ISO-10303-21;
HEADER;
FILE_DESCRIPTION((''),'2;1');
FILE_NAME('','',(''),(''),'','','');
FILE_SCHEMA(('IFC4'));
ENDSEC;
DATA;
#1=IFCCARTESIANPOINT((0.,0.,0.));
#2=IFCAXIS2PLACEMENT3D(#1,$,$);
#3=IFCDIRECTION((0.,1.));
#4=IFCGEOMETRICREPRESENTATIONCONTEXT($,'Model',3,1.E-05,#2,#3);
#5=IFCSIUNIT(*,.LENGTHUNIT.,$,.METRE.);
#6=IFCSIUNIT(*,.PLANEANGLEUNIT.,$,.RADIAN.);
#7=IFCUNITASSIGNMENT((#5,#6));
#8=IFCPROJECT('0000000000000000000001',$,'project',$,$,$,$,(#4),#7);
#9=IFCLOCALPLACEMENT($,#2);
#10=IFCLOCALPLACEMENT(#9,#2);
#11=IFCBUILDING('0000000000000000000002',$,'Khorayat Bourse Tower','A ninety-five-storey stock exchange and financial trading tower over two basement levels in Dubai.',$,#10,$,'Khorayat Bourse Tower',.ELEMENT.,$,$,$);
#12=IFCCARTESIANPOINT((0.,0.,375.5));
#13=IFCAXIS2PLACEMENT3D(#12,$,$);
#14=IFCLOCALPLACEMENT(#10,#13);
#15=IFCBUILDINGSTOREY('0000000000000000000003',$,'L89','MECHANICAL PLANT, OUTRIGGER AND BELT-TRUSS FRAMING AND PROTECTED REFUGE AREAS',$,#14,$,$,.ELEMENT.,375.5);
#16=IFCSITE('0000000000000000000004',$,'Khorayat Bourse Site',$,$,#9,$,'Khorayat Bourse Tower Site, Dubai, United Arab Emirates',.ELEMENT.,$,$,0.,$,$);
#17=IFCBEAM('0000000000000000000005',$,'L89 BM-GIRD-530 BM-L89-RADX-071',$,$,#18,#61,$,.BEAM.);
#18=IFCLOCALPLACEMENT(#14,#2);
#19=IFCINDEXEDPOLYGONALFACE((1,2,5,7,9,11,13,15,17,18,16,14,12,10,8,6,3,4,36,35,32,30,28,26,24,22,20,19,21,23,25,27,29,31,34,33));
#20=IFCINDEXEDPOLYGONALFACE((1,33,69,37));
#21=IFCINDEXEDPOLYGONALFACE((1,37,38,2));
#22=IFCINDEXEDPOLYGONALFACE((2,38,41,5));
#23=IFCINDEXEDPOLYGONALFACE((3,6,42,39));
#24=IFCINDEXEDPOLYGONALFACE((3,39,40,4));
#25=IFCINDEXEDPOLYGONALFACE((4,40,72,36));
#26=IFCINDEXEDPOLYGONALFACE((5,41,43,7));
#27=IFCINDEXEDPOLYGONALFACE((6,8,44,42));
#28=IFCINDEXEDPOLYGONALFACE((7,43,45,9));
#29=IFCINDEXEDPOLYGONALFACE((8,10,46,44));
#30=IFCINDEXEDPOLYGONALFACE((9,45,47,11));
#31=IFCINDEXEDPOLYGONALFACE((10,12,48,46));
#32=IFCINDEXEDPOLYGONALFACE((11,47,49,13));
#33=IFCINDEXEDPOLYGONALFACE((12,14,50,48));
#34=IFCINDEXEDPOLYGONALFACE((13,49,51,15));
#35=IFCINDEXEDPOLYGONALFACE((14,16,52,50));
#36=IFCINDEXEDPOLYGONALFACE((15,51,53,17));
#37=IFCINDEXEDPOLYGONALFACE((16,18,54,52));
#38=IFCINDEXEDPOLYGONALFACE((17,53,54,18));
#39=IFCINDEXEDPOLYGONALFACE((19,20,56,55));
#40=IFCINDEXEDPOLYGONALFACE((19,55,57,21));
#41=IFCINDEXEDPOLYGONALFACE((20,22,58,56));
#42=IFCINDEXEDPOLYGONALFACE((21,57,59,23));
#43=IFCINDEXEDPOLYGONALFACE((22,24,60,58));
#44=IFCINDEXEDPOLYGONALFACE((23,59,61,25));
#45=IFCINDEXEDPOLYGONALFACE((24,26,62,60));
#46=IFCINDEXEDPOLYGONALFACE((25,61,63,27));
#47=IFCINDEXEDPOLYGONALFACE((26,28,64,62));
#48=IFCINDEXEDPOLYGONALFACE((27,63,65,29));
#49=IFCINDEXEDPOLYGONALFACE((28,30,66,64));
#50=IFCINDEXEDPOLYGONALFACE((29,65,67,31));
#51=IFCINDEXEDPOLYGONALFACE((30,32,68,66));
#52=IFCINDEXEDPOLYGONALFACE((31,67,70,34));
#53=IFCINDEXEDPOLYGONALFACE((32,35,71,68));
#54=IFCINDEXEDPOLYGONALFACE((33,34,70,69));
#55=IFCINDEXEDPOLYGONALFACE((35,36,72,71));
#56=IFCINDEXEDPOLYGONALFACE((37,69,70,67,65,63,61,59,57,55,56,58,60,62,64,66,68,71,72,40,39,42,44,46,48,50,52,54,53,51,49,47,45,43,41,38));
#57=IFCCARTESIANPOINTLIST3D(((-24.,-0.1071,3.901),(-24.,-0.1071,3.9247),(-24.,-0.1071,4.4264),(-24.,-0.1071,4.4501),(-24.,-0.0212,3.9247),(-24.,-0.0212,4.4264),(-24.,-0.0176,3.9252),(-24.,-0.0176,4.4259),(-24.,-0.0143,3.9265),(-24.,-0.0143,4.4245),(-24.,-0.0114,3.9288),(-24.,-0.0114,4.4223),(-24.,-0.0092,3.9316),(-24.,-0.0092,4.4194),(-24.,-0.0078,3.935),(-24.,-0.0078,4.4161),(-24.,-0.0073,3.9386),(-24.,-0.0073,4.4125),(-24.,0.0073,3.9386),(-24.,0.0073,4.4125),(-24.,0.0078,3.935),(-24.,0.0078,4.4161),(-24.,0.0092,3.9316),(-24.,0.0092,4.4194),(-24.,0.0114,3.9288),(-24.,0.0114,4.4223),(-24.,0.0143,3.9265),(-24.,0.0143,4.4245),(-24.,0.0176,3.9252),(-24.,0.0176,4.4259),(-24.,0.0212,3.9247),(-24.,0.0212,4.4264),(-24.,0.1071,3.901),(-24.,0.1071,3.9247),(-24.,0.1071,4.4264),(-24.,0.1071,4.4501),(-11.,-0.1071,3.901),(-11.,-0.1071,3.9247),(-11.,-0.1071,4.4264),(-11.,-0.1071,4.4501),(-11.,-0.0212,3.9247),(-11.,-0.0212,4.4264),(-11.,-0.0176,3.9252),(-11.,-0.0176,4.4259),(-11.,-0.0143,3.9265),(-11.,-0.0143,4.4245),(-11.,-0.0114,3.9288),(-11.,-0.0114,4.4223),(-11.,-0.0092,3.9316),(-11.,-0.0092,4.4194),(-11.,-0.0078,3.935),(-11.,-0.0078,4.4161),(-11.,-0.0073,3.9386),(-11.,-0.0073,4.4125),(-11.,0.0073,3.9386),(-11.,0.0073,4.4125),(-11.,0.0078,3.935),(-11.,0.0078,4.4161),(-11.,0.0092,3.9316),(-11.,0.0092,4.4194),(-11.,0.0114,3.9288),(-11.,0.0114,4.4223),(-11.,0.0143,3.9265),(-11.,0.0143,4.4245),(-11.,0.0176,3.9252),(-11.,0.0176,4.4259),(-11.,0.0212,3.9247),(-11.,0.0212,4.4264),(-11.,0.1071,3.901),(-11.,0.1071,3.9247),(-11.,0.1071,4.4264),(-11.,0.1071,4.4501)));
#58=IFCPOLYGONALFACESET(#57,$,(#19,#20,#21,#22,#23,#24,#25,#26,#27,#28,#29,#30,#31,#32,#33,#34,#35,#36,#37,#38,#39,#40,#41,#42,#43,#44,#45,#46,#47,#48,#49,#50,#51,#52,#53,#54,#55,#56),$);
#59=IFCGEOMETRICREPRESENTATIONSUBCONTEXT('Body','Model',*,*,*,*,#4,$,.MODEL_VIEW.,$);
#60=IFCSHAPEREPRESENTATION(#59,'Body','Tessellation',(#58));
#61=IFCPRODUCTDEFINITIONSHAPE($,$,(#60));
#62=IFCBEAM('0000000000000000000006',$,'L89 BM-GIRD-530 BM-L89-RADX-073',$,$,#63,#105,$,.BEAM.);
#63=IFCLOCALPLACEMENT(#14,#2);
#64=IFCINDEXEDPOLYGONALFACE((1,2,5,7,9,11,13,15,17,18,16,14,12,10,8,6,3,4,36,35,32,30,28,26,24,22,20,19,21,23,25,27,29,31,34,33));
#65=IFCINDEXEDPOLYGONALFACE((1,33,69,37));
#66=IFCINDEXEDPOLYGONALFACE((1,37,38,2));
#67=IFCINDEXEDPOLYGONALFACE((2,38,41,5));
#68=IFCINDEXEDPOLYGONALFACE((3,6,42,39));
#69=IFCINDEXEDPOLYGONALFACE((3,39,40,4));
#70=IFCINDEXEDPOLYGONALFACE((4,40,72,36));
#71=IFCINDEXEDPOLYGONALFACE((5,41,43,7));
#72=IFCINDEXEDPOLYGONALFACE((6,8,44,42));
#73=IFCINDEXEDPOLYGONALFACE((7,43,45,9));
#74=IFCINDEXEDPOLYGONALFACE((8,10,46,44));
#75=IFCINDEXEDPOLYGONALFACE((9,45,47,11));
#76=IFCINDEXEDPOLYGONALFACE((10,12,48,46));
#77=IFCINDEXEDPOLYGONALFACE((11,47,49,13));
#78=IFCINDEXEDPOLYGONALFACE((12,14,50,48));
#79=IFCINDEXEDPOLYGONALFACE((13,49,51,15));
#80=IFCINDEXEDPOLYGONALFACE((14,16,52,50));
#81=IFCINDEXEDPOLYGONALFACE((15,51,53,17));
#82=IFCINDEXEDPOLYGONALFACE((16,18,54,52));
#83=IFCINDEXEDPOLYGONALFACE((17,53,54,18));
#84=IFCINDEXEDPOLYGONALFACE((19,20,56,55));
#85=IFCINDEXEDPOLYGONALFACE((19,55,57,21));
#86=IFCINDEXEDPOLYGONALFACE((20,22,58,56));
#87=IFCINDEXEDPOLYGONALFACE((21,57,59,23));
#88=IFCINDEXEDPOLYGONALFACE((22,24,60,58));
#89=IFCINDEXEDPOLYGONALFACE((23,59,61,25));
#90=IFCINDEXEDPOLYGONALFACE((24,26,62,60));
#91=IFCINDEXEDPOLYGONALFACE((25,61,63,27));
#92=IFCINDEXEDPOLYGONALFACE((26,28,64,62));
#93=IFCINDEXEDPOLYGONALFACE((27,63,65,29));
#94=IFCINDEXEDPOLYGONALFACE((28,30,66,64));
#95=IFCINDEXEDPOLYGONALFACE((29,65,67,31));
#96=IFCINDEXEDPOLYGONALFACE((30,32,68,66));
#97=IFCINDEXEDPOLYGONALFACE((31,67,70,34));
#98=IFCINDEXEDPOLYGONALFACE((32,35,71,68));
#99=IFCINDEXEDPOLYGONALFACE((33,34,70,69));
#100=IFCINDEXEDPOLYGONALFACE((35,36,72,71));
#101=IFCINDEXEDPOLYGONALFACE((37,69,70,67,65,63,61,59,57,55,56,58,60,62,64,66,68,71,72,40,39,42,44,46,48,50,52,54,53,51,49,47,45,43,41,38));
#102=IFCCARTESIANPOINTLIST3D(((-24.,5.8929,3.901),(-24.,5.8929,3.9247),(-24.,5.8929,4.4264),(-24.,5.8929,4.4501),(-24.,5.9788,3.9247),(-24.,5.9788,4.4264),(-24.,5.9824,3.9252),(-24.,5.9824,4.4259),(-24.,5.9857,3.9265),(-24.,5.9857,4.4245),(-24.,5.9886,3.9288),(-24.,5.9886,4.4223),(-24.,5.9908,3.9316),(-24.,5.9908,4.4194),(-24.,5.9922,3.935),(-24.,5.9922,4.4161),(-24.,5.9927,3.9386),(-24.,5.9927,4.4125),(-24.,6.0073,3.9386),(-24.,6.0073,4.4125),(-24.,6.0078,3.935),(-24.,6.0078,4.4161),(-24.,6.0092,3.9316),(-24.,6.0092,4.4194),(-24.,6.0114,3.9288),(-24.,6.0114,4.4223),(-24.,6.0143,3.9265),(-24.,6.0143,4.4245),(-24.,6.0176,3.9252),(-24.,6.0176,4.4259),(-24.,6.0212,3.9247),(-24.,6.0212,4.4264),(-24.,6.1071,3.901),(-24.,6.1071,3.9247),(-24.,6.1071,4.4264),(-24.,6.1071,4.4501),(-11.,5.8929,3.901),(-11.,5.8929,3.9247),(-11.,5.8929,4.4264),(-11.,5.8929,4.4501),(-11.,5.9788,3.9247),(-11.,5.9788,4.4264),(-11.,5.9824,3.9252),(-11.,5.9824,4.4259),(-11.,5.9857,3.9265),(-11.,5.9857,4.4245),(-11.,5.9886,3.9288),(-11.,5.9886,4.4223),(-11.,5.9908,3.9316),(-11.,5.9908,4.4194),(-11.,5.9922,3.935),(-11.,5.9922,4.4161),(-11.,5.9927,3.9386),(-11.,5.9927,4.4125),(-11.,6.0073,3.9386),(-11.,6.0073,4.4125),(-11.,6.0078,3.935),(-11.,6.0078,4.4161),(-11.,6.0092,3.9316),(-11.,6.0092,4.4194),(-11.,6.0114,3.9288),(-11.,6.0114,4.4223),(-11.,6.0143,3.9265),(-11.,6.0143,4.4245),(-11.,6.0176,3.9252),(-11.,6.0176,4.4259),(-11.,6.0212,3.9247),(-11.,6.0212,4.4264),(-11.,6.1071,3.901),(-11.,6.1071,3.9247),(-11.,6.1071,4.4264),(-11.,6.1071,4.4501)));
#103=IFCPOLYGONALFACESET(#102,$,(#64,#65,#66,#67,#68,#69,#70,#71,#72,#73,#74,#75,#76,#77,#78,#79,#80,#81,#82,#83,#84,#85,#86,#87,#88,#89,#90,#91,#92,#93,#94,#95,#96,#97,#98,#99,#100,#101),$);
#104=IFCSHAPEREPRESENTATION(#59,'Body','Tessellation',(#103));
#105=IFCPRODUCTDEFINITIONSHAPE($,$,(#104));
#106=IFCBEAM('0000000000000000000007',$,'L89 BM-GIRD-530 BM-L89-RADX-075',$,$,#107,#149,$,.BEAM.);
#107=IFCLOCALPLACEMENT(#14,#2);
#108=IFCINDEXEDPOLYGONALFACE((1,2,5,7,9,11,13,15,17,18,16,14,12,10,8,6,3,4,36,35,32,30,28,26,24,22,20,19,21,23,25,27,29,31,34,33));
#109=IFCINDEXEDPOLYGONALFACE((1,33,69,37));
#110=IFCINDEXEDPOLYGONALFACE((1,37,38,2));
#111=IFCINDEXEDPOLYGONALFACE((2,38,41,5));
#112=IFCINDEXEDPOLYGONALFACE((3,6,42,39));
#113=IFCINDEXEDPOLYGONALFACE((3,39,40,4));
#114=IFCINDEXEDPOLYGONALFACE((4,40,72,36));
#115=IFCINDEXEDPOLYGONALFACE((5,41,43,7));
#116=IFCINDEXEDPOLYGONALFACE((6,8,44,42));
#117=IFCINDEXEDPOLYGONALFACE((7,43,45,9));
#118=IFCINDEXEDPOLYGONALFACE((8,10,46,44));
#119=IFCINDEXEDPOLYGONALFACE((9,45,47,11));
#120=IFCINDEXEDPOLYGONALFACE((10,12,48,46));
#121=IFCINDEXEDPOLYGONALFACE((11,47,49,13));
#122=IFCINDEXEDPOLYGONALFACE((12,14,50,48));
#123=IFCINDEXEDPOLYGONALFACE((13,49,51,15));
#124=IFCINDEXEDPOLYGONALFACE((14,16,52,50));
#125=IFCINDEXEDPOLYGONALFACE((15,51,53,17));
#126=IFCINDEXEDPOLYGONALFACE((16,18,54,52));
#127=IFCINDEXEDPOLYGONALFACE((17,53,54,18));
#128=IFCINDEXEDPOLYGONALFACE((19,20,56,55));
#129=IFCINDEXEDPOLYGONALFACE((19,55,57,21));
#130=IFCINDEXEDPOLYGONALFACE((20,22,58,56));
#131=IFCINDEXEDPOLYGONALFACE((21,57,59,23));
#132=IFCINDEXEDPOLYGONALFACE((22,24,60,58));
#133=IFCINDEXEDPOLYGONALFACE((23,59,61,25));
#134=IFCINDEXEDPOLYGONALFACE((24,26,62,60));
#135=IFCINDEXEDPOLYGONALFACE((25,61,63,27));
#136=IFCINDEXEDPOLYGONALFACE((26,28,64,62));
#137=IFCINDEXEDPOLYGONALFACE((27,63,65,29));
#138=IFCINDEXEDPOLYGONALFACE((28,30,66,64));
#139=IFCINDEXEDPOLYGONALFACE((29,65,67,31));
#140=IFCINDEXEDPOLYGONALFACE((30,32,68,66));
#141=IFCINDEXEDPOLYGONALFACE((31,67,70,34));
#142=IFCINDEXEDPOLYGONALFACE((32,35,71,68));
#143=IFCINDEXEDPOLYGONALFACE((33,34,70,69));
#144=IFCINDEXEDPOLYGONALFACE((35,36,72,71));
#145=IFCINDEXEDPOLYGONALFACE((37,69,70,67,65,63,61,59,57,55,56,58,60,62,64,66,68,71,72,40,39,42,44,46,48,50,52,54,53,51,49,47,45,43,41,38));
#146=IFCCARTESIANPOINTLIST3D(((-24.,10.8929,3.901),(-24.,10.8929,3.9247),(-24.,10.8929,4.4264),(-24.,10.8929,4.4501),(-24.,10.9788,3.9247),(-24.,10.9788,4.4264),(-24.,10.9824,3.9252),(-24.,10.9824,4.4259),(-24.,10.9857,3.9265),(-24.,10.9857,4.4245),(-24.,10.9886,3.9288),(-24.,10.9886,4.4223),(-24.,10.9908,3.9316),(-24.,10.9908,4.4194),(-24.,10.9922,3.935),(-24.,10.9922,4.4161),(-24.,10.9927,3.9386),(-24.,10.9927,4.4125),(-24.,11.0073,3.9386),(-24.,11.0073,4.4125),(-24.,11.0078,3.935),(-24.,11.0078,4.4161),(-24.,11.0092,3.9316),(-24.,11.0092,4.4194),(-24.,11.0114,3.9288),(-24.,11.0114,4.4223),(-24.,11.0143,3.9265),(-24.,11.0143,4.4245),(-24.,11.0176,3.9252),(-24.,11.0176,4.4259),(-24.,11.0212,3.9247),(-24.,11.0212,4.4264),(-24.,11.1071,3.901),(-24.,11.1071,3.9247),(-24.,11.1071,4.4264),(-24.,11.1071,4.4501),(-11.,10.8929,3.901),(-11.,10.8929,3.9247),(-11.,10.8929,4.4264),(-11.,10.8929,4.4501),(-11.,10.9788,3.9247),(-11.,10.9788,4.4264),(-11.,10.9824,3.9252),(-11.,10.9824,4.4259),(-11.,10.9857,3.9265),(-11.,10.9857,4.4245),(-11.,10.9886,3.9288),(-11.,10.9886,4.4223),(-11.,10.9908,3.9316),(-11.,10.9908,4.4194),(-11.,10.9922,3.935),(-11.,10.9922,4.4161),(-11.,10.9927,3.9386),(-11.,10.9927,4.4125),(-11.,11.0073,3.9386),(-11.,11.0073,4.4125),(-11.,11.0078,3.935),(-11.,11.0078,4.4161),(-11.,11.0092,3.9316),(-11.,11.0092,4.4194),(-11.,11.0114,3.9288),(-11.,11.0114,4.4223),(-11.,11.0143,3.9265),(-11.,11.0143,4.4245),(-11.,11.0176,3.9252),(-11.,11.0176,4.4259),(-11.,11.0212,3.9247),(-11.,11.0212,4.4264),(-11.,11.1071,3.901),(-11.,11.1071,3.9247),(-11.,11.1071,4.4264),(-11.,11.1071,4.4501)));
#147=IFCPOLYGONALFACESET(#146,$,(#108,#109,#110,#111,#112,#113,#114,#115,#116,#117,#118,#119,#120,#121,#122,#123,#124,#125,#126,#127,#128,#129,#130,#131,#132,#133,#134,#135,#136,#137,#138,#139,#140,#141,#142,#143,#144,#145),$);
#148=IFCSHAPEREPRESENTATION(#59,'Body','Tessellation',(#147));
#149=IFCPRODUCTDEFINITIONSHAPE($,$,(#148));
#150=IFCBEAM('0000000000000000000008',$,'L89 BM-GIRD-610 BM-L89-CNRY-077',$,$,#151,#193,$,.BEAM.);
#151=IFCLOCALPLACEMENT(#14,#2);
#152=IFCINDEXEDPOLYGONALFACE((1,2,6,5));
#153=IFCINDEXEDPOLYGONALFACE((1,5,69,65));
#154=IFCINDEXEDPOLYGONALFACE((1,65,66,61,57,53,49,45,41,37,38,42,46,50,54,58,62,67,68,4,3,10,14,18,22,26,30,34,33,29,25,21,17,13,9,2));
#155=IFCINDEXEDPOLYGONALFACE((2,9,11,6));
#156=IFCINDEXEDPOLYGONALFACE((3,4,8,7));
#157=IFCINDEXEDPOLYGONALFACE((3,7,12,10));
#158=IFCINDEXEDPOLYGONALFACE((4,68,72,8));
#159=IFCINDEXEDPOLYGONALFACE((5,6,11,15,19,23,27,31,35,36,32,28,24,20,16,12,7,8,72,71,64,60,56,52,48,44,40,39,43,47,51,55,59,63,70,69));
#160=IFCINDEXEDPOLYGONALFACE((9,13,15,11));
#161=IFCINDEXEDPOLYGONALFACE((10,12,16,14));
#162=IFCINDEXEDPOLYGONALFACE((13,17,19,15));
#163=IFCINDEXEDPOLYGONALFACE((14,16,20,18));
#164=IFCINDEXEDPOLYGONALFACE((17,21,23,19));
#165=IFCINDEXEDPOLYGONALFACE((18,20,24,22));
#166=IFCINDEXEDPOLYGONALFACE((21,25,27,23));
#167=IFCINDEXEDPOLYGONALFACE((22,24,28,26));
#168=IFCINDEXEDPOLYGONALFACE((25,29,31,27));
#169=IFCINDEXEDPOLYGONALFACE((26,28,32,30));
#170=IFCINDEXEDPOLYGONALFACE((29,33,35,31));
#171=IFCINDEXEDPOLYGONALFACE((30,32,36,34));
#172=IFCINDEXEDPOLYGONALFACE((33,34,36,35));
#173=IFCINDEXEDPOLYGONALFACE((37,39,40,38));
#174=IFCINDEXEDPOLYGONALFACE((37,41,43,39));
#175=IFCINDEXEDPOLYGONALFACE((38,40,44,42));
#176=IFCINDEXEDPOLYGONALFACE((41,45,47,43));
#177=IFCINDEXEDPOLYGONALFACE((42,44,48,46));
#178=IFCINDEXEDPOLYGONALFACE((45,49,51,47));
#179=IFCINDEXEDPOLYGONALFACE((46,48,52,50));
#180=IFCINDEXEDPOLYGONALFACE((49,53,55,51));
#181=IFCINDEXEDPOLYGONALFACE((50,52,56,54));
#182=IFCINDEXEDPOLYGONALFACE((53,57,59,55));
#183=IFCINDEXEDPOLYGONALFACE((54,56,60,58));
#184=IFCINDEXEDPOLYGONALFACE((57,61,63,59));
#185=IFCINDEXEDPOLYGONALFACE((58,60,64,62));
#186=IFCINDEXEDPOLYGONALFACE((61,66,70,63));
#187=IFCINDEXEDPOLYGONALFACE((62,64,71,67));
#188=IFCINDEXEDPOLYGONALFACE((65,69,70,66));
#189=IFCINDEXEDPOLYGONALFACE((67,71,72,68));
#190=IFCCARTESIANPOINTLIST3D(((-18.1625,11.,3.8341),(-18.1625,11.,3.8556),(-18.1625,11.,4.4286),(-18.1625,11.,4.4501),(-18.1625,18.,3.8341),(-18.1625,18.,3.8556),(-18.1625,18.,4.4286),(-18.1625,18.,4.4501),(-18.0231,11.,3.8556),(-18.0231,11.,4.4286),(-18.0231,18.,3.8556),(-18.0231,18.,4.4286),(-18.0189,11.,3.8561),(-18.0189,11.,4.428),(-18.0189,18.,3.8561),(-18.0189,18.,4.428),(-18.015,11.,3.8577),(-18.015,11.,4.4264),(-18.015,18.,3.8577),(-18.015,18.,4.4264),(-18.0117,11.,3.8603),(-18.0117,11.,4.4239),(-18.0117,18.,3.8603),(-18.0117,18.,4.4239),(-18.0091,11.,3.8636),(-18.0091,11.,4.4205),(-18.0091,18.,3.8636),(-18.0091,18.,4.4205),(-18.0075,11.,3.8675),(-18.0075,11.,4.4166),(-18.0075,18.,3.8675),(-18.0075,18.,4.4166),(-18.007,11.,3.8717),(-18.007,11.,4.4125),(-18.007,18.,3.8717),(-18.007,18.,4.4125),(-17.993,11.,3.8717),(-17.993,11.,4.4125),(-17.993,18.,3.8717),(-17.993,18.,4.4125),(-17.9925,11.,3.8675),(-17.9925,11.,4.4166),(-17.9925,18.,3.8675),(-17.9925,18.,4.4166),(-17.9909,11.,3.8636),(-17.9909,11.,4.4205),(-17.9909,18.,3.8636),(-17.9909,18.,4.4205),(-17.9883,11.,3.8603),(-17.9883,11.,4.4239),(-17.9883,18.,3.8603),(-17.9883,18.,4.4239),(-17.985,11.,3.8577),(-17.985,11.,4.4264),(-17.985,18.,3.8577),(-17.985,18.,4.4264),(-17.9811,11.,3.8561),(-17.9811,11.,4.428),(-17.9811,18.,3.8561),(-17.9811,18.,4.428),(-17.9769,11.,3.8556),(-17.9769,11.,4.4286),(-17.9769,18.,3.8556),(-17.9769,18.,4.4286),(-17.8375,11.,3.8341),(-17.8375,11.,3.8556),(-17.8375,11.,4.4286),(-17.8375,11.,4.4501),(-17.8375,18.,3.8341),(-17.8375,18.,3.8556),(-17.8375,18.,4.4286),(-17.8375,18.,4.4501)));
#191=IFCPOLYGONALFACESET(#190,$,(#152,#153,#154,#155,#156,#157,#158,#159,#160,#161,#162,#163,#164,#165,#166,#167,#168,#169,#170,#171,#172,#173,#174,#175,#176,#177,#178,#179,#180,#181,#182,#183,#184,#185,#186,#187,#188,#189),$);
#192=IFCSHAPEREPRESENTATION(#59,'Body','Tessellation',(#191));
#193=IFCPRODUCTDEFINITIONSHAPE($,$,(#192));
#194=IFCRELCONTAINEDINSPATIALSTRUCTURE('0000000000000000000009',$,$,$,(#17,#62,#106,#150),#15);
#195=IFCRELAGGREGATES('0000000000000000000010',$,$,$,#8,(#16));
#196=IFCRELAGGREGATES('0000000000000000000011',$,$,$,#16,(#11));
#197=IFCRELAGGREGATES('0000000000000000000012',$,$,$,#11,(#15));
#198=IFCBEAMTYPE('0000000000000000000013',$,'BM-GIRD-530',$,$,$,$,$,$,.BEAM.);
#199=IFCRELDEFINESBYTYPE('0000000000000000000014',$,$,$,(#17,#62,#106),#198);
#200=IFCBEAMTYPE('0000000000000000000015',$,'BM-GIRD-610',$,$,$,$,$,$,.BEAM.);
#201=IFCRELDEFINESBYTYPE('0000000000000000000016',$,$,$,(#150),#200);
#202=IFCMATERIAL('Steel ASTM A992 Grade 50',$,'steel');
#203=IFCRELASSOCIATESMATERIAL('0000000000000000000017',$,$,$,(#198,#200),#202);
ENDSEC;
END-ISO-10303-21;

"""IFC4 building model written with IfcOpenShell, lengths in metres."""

from ifc_helpers import new_model, si_unit, direction, frame, origin, origin_2d, place, context, subcontext, project, spatial, i_section, extrude, source, transform, mapped, material, material_profile, profile_set, type_object, element, save


model = new_model("IFC4")

# Units and contexts
model_context = context("Model", 3, precision=1e-05, world=origin(), true_north=direction((0.0, 1.0)))
body_context = subcontext(model_context, "Body", "Model", "MODEL_VIEW")
ifc_project = project(units=[si_unit("LENGTHUNIT", "METRE"), si_unit("PLANEANGLEUNIT", "RADIAN")], contexts=[model_context])

# Site, building, storey
site_placement = place(None, origin())
site = spatial("IfcSite", under=ifc_project, at=site_placement, Name="Khorayat Bourse Site", LongName="Khorayat Bourse Tower Site, Dubai, United Arab Emirates", CompositionType="ELEMENT", RefElevation=0.0)
building_placement = place(site_placement, origin())
building = spatial("IfcBuilding", under=site, at=building_placement, Name="Khorayat Bourse Tower", Description="A ninety-five-storey stock exchange and financial trading tower over two basement levels in Dubai.", LongName="Khorayat Bourse Tower", CompositionType="ELEMENT")
storey_placement = place(building_placement, frame((0.0, 0.0, 375.5)))
storey = spatial("IfcBuildingStorey", under=building, at=storey_placement, Name="L89", Description="MECHANICAL PLANT, OUTRIGGER AND BELT-TRUSS FRAMING AND PROTECTED REFUGE AREAS", CompositionType="ELEMENT", Elevation=375.5)

# Beams
ifc_material_1 = material(Name="Steel ASTM A992 Grade 50", Category="steel")
ifc_material_profile_1 = material_profile(ifc_material_1, i_section(OverallWidth=0.2141, OverallDepth=0.5491, WebThickness=0.0146, FlangeThickness=0.0237, FilletRadius=0.0139, at=origin_2d()), Name="W530X138")
ifc_profile_set_1 = profile_set([ifc_material_profile_1], Name="Steel ASTM A992 Grade 50")
beam_type_1 = type_object("IfcBeamType", Name="BM-GIRD-530", PredefinedType="BEAM", material=ifc_profile_set_1)
shared_shape_1 = source(origin(), body_context, "Body", "SweptSolid", [
    extrude(i_section(OverallWidth=0.2141, OverallDepth=0.5491, WebThickness=0.0146, FlangeThickness=0.0237, FilletRadius=0.0139, at=origin_2d()), origin(), (0.0, 0.0, 1.0), 13.0),
])
for number, where, z_axis, x_axis, name in (
    (1, (-24.0, 0.0, 4.1755), (1.0, 0.0, 0.0), (0.0, 1.0, 0.0), "L89 BM-GIRD-530 BM-L89-RADX-071"),
    (2, (-24.0, 6.0, 4.1755), (1.0, 0.0, 0.0), (0.0, 1.0, 0.0), "L89 BM-GIRD-530 BM-L89-RADX-073"),
    (3, (-24.0, 11.0, 4.1755), (1.0, 0.0, 0.0), (0.0, 1.0, 0.0), "L89 BM-GIRD-530 BM-L89-RADX-075"),
):
    element("IfcBeam", number, at=place(storey_placement, frame(where, z_axis=z_axis, x_axis=x_axis)), inside=storey, type_object=beam_type_1, Name=name, PredefinedType="BEAM", context=body_context, shape_type="MappedRepresentation", body=[
        mapped(shared_shape_1, transform((0.0, 0.0, 0.0), scale=1.0)),
    ])
ifc_material_profile_2 = material_profile(ifc_material_1, i_section(OverallWidth=0.325, OverallDepth=0.616, WebThickness=0.0139, FlangeThickness=0.0215, FilletRadius=0.0161, at=origin_2d()), Name="W610X174")
ifc_profile_set_2 = profile_set([ifc_material_profile_2], Name="Steel ASTM A992 Grade 50")
beam_type_2 = type_object("IfcBeamType", Name="BM-GIRD-610", PredefinedType="BEAM", material=ifc_profile_set_2)
shared_shape_2 = source(origin(), body_context, "Body", "SweptSolid", [
    extrude(i_section(OverallWidth=0.325, OverallDepth=0.616, WebThickness=0.0139, FlangeThickness=0.0215, FilletRadius=0.0161, at=origin_2d()), origin(), (0.0, 0.0, 1.0), 7.0),
])
for number, where, z_axis, x_axis, name in (
    (4, (-18.0, 11.0, 4.1421), (0.0, 1.0, 0.0), (-1.0, 0.0, 0.0), "L89 BM-GIRD-610 BM-L89-CNRY-077"),
):
    element("IfcBeam", number, at=place(storey_placement, frame(where, z_axis=z_axis, x_axis=x_axis)), inside=storey, type_object=beam_type_2, Name=name, PredefinedType="BEAM", context=body_context, shape_type="MappedRepresentation", body=[
        mapped(shared_shape_2, transform((0.0, 0.0, 0.0), scale=1.0)),
    ])

save(model, "model.ifc")
